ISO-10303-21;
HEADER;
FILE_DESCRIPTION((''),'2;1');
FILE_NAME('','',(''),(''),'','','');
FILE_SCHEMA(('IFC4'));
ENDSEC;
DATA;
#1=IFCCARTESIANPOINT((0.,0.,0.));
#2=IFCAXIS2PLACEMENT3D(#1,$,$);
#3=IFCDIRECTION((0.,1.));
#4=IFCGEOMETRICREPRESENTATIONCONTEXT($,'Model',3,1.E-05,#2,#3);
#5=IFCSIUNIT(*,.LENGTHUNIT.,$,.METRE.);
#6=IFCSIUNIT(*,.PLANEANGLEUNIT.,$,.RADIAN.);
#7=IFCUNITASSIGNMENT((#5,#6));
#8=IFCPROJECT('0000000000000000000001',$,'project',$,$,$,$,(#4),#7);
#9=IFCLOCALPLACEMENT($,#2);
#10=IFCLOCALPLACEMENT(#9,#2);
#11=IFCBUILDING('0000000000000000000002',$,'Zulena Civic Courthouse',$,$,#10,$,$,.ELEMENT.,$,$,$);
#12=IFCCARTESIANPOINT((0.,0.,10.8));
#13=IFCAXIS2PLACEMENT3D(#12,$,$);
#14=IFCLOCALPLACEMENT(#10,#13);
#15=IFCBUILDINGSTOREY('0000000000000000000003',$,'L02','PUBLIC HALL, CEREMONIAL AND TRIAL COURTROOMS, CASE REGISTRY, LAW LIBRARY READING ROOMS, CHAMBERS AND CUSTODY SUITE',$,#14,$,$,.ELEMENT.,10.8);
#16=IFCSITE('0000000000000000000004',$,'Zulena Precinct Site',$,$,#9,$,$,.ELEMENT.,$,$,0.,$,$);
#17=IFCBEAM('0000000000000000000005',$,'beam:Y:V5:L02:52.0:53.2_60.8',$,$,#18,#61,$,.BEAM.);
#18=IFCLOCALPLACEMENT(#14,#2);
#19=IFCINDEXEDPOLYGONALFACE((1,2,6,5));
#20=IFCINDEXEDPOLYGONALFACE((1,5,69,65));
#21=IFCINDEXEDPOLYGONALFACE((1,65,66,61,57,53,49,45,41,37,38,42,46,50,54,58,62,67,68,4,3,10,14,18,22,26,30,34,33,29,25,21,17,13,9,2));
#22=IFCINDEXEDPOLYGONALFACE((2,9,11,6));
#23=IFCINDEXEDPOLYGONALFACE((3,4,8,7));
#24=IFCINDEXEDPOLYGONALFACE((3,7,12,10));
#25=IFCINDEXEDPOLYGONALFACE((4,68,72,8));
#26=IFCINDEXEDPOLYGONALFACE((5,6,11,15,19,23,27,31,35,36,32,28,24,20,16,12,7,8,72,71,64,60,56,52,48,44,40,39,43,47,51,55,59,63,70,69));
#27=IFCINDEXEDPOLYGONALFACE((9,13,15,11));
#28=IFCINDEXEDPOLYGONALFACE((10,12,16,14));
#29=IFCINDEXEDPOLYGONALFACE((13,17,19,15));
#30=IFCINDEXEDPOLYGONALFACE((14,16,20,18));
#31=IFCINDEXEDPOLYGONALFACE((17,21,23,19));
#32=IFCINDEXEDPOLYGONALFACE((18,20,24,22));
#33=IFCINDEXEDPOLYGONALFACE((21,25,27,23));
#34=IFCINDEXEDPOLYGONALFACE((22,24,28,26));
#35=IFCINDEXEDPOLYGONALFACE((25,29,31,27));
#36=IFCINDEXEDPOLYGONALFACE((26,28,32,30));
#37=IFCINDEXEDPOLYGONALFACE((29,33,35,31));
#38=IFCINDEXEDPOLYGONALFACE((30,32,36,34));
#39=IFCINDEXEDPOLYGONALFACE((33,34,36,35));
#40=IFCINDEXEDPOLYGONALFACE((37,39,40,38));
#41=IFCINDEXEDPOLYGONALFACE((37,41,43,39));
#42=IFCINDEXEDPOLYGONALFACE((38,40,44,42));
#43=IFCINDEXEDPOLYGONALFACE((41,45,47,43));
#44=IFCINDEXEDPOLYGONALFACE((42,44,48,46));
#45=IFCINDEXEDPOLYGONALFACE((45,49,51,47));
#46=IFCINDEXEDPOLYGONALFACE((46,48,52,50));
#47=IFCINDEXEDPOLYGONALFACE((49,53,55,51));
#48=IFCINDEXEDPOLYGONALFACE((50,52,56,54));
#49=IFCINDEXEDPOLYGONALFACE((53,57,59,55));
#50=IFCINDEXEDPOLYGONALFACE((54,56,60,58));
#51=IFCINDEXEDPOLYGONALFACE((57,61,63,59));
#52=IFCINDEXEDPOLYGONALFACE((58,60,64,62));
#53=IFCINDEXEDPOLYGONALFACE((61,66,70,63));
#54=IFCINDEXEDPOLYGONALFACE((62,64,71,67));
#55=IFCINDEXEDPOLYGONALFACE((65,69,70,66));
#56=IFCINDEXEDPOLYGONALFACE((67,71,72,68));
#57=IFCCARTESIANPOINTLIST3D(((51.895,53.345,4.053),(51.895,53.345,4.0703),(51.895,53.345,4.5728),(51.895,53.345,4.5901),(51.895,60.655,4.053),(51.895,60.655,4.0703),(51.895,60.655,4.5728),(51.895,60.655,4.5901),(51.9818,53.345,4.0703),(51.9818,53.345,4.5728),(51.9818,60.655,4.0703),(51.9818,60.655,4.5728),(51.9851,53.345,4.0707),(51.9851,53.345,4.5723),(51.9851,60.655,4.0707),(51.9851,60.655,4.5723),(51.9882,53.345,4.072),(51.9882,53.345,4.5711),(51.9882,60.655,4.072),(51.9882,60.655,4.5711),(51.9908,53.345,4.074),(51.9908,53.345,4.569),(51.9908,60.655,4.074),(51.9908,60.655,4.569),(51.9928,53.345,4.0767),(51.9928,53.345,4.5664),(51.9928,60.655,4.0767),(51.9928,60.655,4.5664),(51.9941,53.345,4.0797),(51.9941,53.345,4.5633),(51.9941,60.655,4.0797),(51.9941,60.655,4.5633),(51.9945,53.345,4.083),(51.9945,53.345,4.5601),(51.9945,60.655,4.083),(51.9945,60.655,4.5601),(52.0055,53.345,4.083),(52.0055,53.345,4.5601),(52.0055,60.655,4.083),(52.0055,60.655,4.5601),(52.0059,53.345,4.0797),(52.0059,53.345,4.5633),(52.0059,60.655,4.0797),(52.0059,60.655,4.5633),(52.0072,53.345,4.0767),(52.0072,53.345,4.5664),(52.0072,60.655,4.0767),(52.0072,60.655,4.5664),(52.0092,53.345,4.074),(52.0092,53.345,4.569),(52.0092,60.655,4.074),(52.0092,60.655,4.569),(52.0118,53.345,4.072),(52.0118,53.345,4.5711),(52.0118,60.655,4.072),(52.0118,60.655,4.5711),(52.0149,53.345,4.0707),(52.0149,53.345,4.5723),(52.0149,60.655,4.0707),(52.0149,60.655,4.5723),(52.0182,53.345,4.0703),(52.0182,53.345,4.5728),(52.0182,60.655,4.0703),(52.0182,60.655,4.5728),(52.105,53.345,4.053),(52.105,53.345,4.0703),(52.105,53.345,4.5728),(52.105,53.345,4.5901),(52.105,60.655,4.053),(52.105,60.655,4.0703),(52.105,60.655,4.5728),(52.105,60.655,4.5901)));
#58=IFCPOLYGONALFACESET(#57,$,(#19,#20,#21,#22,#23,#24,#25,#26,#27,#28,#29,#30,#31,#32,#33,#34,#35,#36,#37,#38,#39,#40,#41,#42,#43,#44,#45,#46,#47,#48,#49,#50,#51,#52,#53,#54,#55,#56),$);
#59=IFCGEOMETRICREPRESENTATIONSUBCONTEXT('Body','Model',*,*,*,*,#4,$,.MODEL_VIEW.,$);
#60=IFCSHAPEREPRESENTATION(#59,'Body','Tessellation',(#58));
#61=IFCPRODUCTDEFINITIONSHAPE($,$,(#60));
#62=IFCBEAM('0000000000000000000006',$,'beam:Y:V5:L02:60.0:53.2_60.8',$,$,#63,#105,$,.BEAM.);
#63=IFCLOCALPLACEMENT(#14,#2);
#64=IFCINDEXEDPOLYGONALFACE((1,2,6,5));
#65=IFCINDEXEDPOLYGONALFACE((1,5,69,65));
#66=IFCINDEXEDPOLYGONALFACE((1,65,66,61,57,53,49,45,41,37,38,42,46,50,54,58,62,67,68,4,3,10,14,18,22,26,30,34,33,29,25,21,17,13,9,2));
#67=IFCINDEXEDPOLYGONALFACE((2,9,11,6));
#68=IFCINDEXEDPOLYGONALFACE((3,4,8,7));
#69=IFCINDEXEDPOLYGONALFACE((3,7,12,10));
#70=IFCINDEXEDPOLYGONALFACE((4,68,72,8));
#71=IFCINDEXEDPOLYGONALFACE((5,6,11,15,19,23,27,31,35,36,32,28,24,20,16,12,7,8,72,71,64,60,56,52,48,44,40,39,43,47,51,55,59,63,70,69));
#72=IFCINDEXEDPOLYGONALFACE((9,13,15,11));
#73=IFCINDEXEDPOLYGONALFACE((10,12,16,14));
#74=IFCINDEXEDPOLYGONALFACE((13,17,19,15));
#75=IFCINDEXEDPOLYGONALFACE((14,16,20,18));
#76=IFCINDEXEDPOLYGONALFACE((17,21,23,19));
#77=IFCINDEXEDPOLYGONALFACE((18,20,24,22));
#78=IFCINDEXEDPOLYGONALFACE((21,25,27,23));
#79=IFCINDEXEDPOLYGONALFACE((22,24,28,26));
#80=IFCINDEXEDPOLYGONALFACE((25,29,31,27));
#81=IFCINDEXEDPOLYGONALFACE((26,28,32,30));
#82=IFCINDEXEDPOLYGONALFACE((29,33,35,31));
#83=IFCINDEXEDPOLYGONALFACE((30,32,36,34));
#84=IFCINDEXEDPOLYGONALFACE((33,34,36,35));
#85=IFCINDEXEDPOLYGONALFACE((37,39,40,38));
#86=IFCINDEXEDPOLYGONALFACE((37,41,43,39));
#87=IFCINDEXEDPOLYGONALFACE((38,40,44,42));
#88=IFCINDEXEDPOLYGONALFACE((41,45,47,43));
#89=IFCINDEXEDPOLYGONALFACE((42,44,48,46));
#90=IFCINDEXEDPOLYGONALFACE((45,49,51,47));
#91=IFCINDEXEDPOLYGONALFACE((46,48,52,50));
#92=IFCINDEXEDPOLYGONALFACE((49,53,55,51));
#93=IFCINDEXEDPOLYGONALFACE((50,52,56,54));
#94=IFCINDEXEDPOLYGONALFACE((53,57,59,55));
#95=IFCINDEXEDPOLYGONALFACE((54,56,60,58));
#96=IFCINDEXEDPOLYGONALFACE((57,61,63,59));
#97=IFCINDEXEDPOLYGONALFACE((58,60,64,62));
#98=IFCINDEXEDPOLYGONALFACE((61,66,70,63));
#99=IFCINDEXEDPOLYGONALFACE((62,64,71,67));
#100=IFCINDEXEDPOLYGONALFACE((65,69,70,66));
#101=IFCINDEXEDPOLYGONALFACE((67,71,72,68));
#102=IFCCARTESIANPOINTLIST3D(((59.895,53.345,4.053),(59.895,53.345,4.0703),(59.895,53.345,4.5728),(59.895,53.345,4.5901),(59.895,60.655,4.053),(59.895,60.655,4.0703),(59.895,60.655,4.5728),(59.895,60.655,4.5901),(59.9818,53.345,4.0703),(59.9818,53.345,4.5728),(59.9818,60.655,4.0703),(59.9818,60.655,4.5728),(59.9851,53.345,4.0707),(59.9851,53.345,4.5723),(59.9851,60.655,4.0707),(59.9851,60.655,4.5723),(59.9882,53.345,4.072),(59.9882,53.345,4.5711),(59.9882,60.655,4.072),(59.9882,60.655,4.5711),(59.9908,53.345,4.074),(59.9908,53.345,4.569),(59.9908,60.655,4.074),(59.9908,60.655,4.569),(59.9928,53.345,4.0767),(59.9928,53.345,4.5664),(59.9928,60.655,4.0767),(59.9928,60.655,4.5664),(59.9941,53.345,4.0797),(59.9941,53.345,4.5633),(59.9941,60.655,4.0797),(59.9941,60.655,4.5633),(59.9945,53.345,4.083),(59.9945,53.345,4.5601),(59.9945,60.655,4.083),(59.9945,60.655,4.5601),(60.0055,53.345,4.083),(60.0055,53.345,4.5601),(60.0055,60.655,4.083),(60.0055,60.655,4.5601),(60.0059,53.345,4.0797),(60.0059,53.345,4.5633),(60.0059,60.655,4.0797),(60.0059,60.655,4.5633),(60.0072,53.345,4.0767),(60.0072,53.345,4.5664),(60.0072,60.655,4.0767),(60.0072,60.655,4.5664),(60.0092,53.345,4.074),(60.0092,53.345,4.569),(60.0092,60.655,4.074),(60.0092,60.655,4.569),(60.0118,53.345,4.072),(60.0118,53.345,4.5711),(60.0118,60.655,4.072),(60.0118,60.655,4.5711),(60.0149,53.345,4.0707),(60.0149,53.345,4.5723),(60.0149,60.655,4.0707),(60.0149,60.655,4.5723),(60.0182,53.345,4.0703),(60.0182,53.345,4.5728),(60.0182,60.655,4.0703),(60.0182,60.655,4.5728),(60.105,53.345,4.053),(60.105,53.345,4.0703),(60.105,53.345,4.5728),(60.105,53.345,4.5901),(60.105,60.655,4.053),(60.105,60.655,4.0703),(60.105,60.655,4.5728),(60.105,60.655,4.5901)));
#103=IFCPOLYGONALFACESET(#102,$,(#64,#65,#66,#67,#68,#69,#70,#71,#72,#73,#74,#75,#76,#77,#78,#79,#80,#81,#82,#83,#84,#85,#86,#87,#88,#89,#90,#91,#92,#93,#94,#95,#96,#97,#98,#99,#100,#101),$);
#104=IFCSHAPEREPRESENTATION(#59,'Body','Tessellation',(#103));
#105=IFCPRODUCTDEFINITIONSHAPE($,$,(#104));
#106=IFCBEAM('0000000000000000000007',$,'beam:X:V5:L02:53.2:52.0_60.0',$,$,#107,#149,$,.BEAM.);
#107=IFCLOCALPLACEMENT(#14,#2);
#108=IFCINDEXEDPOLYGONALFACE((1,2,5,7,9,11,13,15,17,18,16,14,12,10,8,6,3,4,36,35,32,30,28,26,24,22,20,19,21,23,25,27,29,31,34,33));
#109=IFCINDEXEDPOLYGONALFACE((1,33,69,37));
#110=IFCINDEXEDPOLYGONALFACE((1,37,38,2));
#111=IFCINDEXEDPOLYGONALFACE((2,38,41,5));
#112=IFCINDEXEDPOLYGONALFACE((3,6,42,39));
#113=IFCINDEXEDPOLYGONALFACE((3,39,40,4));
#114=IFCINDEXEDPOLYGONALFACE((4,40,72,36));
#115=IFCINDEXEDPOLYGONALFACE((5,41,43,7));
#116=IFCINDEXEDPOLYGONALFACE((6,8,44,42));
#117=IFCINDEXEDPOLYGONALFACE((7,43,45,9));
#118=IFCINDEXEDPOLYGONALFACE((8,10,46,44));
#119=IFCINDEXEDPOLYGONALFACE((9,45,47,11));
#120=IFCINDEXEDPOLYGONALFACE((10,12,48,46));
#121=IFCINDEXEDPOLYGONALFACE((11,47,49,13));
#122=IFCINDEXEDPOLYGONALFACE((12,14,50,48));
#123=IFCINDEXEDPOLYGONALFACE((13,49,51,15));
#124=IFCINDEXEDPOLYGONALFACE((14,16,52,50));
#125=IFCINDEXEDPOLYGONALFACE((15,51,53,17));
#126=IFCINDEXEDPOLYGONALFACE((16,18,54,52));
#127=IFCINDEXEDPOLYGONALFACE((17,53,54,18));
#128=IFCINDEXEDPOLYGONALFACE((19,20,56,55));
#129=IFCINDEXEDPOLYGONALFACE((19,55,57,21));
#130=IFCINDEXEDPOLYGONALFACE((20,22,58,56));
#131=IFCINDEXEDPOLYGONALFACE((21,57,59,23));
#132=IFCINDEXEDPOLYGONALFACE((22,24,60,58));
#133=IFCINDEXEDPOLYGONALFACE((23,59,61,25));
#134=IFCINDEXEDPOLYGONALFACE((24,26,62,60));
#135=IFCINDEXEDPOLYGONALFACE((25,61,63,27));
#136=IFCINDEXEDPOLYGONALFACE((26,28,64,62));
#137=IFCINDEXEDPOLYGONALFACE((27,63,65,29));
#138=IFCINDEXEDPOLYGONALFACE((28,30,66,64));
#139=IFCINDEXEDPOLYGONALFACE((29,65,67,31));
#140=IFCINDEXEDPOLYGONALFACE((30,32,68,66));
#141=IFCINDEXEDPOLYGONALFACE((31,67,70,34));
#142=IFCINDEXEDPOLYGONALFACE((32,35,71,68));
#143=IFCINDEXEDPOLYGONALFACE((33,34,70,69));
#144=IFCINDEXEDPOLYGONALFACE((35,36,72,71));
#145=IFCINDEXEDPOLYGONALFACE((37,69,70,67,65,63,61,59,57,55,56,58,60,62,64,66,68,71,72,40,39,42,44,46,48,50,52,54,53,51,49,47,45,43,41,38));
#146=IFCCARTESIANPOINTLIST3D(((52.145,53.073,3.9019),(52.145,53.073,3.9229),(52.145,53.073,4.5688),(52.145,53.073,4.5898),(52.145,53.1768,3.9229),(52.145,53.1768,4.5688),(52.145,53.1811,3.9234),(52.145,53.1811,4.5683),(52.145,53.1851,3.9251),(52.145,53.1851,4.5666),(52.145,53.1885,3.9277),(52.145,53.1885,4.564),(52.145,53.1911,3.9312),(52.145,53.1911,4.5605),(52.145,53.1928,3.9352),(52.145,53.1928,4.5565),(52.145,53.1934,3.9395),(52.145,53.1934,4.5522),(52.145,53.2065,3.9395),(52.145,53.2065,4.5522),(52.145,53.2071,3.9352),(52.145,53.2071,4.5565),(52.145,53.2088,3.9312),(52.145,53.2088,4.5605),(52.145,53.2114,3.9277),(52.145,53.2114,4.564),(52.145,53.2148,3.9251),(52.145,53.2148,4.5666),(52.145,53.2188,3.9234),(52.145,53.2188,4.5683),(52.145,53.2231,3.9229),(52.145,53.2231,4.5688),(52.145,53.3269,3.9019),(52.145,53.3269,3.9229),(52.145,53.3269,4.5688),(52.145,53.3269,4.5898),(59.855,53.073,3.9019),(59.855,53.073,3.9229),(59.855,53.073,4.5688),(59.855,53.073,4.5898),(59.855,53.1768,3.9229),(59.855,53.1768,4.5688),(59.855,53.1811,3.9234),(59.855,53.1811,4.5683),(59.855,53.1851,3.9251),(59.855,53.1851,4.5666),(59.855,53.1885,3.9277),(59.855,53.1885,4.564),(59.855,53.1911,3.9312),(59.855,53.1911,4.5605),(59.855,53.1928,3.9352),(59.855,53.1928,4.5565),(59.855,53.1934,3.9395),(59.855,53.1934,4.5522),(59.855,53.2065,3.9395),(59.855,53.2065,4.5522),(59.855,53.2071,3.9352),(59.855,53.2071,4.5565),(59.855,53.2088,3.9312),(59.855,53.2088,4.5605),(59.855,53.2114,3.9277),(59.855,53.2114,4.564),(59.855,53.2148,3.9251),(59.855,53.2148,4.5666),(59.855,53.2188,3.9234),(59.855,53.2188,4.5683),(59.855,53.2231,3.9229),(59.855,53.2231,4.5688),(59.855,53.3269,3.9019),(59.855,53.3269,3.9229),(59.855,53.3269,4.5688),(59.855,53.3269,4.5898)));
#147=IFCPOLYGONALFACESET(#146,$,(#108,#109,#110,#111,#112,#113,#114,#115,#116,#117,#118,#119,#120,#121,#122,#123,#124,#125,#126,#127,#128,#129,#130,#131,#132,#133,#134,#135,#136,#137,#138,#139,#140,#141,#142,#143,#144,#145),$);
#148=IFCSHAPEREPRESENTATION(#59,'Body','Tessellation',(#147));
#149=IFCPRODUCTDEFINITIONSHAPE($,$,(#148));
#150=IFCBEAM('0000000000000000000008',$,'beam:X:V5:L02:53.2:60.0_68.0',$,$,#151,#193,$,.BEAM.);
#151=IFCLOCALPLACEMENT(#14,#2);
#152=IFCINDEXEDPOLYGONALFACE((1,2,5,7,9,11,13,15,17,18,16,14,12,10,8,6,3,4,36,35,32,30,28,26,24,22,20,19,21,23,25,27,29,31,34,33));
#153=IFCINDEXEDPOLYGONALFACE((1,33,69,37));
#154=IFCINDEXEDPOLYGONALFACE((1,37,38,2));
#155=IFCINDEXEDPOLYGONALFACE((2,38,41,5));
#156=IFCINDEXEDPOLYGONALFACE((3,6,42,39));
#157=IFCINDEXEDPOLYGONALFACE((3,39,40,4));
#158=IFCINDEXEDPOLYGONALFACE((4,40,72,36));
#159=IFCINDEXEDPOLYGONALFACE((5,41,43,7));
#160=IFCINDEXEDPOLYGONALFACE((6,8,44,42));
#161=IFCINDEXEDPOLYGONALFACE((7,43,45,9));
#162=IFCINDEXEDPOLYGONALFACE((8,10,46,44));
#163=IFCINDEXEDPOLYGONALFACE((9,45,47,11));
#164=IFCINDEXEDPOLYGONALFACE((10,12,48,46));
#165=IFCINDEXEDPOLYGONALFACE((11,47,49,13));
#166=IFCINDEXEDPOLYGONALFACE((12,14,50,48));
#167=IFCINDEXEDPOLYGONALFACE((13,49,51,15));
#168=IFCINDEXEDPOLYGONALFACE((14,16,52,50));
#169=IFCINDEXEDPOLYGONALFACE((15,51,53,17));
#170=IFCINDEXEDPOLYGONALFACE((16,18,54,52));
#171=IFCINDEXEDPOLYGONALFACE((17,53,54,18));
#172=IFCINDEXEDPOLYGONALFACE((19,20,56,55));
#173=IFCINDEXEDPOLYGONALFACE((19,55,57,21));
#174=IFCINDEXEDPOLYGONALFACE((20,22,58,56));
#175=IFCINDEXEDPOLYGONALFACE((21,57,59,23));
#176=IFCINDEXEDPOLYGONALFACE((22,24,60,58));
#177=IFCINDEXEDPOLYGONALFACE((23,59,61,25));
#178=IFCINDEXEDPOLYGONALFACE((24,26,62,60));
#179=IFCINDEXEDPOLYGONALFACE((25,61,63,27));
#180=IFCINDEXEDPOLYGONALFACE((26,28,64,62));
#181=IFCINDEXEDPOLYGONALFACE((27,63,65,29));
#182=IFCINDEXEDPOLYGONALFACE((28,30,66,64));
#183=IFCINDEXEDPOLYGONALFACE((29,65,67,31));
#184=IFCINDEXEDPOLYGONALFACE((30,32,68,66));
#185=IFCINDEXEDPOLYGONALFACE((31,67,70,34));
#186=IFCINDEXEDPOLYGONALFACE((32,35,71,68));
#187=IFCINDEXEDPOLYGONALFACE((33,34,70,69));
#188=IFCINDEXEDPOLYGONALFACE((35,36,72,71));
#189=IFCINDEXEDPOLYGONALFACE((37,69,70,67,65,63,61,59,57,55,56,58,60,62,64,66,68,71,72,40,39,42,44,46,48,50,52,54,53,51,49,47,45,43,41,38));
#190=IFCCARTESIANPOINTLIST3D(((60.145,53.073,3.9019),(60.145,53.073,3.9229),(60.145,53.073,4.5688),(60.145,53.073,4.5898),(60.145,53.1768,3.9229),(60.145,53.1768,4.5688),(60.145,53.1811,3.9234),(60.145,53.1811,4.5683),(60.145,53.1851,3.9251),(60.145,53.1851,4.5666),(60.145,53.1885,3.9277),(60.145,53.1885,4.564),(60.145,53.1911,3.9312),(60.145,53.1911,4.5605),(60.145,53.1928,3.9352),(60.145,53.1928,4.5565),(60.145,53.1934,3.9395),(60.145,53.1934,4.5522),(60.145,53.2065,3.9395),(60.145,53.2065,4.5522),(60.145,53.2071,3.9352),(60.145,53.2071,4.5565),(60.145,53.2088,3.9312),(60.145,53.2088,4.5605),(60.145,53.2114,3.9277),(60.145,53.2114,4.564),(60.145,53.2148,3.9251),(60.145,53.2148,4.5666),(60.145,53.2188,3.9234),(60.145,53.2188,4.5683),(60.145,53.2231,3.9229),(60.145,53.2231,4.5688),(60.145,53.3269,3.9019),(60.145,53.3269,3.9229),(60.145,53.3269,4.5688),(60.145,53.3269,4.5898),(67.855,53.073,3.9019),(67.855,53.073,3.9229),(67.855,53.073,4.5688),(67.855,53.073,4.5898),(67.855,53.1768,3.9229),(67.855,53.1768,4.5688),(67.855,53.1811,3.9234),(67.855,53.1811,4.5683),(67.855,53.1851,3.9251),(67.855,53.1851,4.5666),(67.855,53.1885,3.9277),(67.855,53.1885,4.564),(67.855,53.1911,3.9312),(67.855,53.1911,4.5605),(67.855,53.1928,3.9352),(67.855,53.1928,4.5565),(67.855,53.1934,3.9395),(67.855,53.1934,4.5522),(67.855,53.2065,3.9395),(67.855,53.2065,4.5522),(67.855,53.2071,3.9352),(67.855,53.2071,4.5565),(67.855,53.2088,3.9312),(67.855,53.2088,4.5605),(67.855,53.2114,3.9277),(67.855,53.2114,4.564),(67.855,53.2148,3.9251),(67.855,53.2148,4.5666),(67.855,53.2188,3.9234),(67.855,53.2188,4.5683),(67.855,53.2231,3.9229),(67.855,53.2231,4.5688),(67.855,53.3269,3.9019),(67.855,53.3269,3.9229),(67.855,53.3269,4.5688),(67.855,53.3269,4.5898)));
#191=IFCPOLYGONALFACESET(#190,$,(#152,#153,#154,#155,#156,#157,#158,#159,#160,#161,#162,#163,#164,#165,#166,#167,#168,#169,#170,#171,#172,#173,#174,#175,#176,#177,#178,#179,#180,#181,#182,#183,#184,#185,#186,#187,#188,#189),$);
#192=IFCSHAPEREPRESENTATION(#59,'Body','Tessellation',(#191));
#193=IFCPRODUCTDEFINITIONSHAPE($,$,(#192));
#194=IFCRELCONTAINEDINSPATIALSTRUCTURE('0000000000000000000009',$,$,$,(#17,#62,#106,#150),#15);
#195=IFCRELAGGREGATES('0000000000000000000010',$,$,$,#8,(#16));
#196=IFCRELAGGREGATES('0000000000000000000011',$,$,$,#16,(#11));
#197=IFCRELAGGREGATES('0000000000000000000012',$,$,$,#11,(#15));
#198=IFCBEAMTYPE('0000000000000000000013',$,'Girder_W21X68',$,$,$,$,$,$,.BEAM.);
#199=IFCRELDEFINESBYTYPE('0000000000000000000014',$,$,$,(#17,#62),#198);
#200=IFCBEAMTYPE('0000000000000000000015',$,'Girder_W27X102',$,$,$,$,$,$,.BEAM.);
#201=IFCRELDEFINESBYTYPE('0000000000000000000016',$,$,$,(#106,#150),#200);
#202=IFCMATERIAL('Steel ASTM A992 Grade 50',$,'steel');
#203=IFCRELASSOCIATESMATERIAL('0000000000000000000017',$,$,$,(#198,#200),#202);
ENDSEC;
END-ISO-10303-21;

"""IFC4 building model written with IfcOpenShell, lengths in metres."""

from ifc_helpers import new_model, si_unit, direction, frame, origin, origin_2d, place, context, subcontext, project, spatial, i_section, extrude, material, material_profile, profile_set, type_object, element, save


model = new_model("IFC4")

# Units and contexts
model_context = context("Model", 3, precision=1e-05, world=origin(), true_north=direction((0.0, 1.0)))
body_context = subcontext(model_context, "Body", "Model", "MODEL_VIEW")
ifc_project = project(units=[si_unit("LENGTHUNIT", "METRE"), si_unit("PLANEANGLEUNIT", "RADIAN")], contexts=[model_context])

# Site, building, storey
site_placement = place(None, origin())
site = spatial("IfcSite", under=ifc_project, at=site_placement, Name="Zulena Precinct Site", CompositionType="ELEMENT", RefElevation=0.0)
building_placement = place(site_placement, origin())
building = spatial("IfcBuilding", under=site, at=building_placement, Name="Zulena Civic Courthouse", CompositionType="ELEMENT")
storey_placement = place(building_placement, frame((0.0, 0.0, 10.8)))
storey = spatial("IfcBuildingStorey", under=building, at=storey_placement, Name="L02", Description="PUBLIC HALL, CEREMONIAL AND TRIAL COURTROOMS, CASE REGISTRY, LAW LIBRARY READING ROOMS, CHAMBERS AND CUSTODY SUITE", CompositionType="ELEMENT", Elevation=10.8)

# Shared definitions
ifc_material_1 = material(Name="Steel ASTM A992 Grade 50", Category="steel")

# Beams
ifc_material_profile_1 = material_profile(ifc_material_1, i_section(OverallWidth=0.21, OverallDepth=0.5371, WebThickness=0.011, FlangeThickness=0.0173, FilletRadius=0.0127, at=origin_2d()), Name="W21X68")
ifc_profile_set_1 = profile_set([ifc_material_profile_1], Name="Steel ASTM A992 Grade 50")
beam_type_1 = type_object("IfcBeamType", Name="Girder_W21X68", PredefinedType="BEAM", material=ifc_profile_set_1)
for number, where, z_axis, x_axis, name in (
    (1, (52.0, 53.345, 4.3215), (0.0, 1.0, 0.0), (-1.0, 0.0, 0.0), "beam:Y:V5:L02:52.0:53.2_60.8"),
    (2, (60.0, 53.345, 4.3215), (0.0, 1.0, 0.0), (-1.0, 0.0, 0.0), "beam:Y:V5:L02:60.0:53.2_60.8"),
):
    element("IfcBeam", number, at=place(storey_placement, frame(where, z_axis=z_axis, x_axis=x_axis)), inside=storey, type_object=beam_type_1, Name=name, PredefinedType="BEAM", context=body_context, shape_type="SweptSolid", body=[
        extrude(i_section(OverallWidth=0.21, OverallDepth=0.5371, WebThickness=0.011, FlangeThickness=0.0173, FilletRadius=0.0127, at=origin_2d()), origin(), (0.0, 0.0, 1.0), 7.3101),
    ])
ifc_material_profile_2 = material_profile(ifc_material_1, i_section(OverallWidth=0.2539, OverallDepth=0.688, WebThickness=0.0132, FlangeThickness=0.021, FilletRadius=0.0166, at=origin_2d()), Name="W27X102")
ifc_profile_set_2 = profile_set([ifc_material_profile_2], Name="Steel ASTM A992 Grade 50")
beam_type_2 = type_object("IfcBeamType", Name="Girder_W27X102", PredefinedType="BEAM", material=ifc_profile_set_2)
for number, where, z_axis, x_axis, name in (
    (3, (52.145, 53.2, 4.2458), (1.0, 0.0, 0.0), (0.0, 1.0, 0.0), "beam:X:V5:L02:53.2:52.0_60.0"),
    (4, (60.145, 53.2, 4.2458), (1.0, 0.0, 0.0), (0.0, 1.0, 0.0), "beam:X:V5:L02:53.2:60.0_68.0"),
):
    element("IfcBeam", number, at=place(storey_placement, frame(where, z_axis=z_axis, x_axis=x_axis)), inside=storey, type_object=beam_type_2, Name=name, PredefinedType="BEAM", context=body_context, shape_type="SweptSolid", body=[
        extrude(i_section(OverallWidth=0.2539, OverallDepth=0.688, WebThickness=0.0132, FlangeThickness=0.021, FilletRadius=0.0166, at=origin_2d()), origin(), (0.0, 0.0, 1.0), 7.71),
    ])

save(model, "model.ifc")
